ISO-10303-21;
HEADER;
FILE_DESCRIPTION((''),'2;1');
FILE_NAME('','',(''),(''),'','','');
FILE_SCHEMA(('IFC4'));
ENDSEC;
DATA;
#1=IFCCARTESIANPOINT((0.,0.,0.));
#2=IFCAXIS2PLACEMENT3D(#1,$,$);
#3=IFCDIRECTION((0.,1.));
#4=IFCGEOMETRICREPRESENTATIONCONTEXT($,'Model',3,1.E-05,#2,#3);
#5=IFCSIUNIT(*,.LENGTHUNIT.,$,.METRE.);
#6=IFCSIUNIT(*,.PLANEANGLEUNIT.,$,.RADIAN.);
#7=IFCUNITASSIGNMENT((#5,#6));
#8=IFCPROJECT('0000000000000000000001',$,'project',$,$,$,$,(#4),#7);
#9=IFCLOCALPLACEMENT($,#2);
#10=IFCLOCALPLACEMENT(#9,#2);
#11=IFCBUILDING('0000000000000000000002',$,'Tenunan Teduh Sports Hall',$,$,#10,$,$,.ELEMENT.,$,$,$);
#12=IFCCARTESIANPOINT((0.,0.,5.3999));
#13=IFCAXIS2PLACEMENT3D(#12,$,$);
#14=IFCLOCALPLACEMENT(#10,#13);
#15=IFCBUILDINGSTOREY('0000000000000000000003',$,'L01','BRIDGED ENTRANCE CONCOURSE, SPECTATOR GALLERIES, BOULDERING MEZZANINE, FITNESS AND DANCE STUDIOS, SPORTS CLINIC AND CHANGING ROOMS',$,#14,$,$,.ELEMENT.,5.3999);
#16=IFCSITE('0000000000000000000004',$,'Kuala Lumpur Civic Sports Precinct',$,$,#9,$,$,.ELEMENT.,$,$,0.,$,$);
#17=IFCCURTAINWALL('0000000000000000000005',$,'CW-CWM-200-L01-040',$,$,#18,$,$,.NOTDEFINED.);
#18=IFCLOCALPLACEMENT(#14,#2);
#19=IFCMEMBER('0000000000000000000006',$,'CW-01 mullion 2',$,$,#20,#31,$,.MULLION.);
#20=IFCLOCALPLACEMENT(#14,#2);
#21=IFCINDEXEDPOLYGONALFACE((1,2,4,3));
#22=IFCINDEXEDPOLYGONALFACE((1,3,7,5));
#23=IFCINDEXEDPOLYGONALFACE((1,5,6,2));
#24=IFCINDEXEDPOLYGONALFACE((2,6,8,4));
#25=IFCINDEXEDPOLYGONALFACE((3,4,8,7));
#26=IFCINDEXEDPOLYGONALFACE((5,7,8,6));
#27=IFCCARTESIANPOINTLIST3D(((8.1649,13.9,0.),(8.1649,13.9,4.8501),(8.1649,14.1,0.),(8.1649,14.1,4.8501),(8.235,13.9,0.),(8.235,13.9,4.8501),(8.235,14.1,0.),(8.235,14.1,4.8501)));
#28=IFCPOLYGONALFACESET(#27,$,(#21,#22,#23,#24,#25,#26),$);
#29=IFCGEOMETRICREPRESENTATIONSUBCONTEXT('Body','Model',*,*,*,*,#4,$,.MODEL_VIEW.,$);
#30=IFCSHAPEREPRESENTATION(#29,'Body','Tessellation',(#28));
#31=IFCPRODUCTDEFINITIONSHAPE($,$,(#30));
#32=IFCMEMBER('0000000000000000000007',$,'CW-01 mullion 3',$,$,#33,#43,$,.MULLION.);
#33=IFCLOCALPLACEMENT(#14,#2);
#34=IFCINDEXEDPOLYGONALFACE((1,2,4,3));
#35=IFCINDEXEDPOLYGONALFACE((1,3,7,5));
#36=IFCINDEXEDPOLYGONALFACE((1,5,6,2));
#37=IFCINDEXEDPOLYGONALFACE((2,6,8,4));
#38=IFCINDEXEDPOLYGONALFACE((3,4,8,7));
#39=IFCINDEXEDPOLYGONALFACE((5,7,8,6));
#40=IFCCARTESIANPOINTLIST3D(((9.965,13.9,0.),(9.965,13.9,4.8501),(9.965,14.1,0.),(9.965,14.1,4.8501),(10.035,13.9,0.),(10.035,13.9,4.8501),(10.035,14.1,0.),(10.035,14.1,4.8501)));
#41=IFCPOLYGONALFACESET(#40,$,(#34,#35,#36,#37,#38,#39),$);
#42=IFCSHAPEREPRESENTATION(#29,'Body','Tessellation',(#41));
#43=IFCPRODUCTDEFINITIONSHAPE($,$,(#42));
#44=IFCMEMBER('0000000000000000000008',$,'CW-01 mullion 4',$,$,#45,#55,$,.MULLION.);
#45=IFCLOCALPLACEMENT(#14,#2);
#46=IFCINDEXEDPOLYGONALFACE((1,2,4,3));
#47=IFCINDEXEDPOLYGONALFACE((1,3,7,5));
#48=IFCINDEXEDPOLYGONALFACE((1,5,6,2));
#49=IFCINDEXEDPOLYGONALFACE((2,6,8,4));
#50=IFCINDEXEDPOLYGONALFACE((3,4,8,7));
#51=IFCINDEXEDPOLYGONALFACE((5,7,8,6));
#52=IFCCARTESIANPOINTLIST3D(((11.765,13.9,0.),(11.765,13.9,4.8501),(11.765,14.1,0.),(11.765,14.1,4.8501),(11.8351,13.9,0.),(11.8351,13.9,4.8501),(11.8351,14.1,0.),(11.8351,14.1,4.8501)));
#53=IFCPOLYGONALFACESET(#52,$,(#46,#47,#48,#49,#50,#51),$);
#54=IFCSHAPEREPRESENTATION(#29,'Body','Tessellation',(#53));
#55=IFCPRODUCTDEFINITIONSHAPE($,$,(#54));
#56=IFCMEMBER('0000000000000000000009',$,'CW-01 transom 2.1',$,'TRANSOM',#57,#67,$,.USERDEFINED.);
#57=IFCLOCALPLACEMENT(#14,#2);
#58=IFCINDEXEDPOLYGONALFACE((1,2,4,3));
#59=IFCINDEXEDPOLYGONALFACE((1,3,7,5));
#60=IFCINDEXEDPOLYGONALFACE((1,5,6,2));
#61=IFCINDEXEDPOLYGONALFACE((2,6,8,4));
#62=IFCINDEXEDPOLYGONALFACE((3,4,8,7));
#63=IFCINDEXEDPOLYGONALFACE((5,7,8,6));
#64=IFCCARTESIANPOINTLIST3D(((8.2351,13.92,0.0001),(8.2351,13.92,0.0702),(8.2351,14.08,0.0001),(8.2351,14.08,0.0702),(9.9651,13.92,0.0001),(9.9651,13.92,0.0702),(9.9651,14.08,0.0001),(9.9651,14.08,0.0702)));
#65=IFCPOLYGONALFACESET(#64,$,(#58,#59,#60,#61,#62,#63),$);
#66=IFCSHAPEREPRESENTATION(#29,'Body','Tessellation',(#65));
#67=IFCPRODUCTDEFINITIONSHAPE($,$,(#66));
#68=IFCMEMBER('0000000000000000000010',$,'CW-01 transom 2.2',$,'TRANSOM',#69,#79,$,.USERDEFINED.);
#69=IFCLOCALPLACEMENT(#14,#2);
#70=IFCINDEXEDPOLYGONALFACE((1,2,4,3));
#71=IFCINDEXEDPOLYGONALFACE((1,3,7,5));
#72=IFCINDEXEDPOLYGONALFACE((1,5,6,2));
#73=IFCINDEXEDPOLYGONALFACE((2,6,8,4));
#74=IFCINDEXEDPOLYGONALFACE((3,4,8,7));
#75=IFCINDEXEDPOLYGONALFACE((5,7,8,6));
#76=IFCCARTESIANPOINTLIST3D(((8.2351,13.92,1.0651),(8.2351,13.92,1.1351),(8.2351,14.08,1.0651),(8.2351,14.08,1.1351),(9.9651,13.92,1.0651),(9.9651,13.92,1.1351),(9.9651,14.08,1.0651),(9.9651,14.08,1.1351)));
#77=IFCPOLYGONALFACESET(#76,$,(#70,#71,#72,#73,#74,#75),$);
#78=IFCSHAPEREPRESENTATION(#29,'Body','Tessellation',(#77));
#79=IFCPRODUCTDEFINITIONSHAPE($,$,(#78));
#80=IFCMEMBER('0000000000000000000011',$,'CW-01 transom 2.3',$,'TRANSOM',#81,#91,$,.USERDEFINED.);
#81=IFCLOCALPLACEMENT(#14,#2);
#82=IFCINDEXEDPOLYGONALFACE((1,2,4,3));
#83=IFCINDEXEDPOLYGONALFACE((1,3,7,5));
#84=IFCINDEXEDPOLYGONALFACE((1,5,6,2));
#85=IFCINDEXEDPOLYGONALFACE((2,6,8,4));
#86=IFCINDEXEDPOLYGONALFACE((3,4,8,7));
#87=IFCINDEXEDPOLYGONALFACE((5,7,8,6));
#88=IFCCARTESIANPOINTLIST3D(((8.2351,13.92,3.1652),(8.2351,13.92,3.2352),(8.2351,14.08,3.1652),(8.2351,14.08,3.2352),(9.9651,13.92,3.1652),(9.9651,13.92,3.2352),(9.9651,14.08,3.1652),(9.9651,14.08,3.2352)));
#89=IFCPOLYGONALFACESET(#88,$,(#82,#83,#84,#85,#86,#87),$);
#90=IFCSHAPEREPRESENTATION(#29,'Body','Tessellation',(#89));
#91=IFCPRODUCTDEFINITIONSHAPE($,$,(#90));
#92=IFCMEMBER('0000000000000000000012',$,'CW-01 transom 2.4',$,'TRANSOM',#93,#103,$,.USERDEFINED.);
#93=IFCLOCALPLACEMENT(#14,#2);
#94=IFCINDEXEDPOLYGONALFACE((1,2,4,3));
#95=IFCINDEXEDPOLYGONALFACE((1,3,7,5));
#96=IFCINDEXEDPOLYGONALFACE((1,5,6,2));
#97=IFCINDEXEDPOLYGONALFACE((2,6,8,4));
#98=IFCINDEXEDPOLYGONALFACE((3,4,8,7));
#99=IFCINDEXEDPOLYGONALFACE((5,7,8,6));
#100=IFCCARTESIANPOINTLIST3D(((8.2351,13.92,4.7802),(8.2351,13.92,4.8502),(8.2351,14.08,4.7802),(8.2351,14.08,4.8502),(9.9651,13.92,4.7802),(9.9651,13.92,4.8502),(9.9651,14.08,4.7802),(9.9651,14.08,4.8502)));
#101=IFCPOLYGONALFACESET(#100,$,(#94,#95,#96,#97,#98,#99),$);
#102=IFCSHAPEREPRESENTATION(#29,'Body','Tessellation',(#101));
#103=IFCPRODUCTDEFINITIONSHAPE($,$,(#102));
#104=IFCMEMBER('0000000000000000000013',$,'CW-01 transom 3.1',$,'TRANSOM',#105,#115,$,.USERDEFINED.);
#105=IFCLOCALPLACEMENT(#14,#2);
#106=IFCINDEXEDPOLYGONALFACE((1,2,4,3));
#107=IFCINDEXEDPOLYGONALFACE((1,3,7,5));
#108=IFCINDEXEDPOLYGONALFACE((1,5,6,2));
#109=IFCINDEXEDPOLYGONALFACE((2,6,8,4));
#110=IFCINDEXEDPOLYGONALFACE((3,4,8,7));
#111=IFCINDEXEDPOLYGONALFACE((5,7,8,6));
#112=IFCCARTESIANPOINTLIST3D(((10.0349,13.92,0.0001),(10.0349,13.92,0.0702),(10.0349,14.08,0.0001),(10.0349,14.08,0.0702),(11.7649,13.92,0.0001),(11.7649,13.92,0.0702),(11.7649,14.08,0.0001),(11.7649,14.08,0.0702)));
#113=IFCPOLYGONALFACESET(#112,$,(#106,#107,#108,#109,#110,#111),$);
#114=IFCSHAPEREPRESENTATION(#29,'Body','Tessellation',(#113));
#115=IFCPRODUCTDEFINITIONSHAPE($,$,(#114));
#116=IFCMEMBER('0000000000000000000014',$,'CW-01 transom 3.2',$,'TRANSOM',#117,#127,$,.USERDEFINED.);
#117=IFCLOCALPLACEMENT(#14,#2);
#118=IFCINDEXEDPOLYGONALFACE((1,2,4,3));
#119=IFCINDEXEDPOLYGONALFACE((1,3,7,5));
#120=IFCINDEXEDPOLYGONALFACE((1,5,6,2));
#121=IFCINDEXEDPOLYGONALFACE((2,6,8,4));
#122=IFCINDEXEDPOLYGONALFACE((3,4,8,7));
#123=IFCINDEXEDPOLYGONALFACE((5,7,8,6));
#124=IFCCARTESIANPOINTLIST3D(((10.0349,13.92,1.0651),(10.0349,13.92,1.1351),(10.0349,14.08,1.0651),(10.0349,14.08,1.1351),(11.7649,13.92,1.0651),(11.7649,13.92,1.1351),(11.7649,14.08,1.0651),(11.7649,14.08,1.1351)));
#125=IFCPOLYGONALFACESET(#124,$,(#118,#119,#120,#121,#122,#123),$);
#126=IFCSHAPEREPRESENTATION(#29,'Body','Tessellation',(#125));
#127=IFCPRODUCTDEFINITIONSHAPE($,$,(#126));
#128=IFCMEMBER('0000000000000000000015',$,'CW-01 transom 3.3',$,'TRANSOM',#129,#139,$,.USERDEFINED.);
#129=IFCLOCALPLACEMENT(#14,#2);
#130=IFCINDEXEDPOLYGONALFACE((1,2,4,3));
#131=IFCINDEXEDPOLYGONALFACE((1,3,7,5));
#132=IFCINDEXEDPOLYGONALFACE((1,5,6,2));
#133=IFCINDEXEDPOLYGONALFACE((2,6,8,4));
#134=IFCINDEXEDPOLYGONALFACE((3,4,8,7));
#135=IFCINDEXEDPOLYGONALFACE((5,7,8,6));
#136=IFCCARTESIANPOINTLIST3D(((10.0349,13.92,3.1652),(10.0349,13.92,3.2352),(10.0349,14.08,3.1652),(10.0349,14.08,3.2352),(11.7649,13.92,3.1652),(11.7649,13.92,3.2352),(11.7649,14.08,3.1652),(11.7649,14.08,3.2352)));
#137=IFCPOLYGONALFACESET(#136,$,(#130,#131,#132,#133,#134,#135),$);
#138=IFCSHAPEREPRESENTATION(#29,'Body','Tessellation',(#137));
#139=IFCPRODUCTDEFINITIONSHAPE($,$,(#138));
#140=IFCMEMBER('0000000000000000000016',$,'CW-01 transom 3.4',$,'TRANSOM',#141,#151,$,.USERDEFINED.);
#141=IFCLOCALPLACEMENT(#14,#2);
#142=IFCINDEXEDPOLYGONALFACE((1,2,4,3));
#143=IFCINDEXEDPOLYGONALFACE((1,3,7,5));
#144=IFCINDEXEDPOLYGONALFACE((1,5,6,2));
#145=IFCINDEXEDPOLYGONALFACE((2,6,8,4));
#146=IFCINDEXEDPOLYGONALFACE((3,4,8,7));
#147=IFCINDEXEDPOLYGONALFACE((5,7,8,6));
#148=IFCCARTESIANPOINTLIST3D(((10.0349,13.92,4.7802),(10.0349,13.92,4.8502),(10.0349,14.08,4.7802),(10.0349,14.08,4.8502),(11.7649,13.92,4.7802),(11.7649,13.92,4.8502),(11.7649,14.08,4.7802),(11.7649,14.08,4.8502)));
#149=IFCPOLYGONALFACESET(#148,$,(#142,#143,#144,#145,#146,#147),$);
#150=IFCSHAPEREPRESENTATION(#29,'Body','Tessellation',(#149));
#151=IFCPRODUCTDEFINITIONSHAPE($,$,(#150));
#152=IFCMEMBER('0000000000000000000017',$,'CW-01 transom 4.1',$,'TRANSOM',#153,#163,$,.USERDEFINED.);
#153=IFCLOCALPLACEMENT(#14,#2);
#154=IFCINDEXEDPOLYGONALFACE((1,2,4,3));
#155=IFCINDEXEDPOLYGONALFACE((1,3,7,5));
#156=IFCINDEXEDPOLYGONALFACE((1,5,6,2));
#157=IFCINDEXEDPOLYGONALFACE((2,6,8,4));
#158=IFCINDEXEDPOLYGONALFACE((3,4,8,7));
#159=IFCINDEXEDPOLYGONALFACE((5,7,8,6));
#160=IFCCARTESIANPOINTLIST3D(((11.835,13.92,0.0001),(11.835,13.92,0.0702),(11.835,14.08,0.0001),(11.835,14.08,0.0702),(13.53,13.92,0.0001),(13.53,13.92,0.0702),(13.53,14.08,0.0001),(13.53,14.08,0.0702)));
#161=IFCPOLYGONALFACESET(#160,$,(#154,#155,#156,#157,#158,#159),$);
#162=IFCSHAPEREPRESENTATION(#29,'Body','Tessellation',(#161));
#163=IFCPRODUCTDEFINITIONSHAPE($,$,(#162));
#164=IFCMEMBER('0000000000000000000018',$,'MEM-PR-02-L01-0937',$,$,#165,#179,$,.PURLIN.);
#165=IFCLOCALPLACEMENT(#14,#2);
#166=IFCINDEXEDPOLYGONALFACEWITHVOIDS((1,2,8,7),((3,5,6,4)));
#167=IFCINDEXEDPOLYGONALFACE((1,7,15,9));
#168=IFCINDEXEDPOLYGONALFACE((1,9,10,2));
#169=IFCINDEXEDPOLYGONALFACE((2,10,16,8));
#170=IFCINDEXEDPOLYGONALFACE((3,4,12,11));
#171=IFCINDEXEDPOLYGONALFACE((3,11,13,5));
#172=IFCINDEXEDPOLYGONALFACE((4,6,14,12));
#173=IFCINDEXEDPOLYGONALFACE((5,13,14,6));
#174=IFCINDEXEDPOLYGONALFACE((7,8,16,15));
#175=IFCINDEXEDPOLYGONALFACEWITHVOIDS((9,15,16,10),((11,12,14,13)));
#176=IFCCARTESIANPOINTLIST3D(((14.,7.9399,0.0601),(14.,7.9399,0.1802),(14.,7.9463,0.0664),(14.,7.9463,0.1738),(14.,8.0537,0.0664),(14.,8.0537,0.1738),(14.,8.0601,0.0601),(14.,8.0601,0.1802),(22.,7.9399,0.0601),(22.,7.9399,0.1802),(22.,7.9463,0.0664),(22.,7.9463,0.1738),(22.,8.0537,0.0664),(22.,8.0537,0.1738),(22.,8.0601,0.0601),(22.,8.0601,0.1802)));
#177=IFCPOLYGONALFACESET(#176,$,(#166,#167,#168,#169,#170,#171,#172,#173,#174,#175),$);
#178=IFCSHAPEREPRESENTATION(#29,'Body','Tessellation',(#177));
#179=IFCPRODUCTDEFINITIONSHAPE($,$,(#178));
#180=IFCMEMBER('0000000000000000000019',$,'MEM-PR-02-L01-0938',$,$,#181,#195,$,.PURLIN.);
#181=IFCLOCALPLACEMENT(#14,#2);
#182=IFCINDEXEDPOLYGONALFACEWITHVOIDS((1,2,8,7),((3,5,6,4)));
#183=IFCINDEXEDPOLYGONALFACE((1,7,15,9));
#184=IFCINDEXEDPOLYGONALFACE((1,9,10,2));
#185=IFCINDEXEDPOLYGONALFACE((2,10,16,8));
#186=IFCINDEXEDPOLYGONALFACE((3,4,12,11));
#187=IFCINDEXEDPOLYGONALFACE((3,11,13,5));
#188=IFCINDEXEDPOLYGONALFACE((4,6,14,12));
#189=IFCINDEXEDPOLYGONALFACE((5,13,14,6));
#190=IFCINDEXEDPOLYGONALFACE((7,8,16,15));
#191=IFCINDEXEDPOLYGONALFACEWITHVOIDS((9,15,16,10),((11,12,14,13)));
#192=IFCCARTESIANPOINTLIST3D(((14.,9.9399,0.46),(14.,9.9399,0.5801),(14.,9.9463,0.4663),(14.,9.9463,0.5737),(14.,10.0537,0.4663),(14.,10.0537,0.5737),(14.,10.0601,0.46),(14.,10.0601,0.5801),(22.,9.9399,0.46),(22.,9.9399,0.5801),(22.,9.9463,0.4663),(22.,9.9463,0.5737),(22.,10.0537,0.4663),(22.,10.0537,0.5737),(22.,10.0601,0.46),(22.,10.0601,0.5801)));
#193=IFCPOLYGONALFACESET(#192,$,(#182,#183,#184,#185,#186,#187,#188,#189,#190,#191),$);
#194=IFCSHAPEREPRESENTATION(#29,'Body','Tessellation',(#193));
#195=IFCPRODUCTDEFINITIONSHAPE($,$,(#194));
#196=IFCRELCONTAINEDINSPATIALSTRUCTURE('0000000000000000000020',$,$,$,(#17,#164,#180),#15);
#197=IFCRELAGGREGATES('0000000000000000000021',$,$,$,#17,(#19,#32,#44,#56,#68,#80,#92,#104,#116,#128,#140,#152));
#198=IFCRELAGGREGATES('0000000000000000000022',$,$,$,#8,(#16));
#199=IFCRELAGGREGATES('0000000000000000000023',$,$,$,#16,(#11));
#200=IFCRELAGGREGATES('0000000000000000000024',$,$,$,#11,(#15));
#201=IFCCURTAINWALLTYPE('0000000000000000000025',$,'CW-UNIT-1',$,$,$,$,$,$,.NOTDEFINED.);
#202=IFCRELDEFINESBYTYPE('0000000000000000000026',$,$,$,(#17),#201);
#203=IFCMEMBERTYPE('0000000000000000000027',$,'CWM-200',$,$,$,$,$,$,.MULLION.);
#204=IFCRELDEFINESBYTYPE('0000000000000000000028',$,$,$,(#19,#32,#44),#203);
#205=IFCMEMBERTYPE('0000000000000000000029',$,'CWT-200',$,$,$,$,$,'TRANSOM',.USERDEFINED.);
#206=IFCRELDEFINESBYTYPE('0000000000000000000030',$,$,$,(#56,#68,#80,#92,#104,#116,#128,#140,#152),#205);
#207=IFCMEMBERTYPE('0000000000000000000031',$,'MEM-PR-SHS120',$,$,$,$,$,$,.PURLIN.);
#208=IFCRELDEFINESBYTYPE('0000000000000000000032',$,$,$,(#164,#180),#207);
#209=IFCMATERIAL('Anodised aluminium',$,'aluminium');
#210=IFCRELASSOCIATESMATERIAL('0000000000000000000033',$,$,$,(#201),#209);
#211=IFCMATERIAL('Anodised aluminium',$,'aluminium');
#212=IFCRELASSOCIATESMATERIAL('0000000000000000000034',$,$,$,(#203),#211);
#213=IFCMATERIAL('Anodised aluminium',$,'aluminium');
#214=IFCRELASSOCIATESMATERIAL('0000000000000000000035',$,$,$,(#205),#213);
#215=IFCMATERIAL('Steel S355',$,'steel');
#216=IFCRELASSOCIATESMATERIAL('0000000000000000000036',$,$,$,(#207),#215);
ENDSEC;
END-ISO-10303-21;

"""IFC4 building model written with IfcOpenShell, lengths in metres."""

from ifc_helpers import new_model, si_unit, direction, frame, origin, origin_2d, place, context, subcontext, project, spatial, rectangle, hollow_rectangle, extrude, material, material_profile, profile_set, type_object, element, aggregate, save


model = new_model("IFC4")

# Units and contexts
model_context = context("Model", 3, precision=1e-05, world=origin(), true_north=direction((0.0, 1.0)))
body_context = subcontext(model_context, "Body", "Model", "MODEL_VIEW")
ifc_project = project(units=[si_unit("LENGTHUNIT", "METRE"), si_unit("PLANEANGLEUNIT", "RADIAN")], contexts=[model_context])

# Site, building, storey
site_placement = place(None, origin())
site = spatial("IfcSite", under=ifc_project, at=site_placement, Name="Kuala Lumpur Civic Sports Precinct", CompositionType="ELEMENT", RefElevation=0.0)
building_placement = place(site_placement, origin())
building = spatial("IfcBuilding", under=site, at=building_placement, Name="Tenunan Teduh Sports Hall", CompositionType="ELEMENT")
storey_placement = place(building_placement, frame((0.0, 0.0, 5.3999)))
storey = spatial("IfcBuildingStorey", under=building, at=storey_placement, Name="L01", Description="BRIDGED ENTRANCE CONCOURSE, SPECTATOR GALLERIES, BOULDERING MEZZANINE, FITNESS AND DANCE STUDIOS, SPORTS CLINIC AND CHANGING ROOMS", CompositionType="ELEMENT", Elevation=5.3999)

# Curtain wall, members
ifc_material_1 = material(Name="Anodised aluminium", Category="aluminium")
curtain_wall_type = type_object("IfcCurtainWallType", Name="CW-UNIT-1", PredefinedType="NOTDEFINED", material=ifc_material_1)
curtain_wall_placement = place(storey_placement, origin())
curtain_wall = element("IfcCurtainWall", 1, at=curtain_wall_placement, inside=storey, type_object=curtain_wall_type, Name="CW-CWM-200-L01-040", PredefinedType="NOTDEFINED")
ifc_material_2 = material(Name="Anodised aluminium", Category="aluminium")
ifc_material_profile_1 = material_profile(ifc_material_2, rectangle(XDim=0.0701, YDim=0.2, at=origin_2d()), Name="CWM 70x200")
ifc_profile_set_1 = profile_set([ifc_material_profile_1], Name="Anodised aluminium")
member_type_1 = type_object("IfcMemberType", Name="CWM-200", PredefinedType="MULLION", material=ifc_profile_set_1)
member_1_placement = place(storey_placement, frame((8.2, 14.0, 0.0), z_axis=(0.0, 0.0, 1.0), x_axis=(1.0, 0.0, 0.0)))
member_1 = element("IfcMember", 2, at=member_1_placement, type_object=member_type_1, Name="CW-01 mullion 2", PredefinedType="MULLION", context=body_context, shape_type="SweptSolid", body=[
    extrude(rectangle(XDim=0.0701, YDim=0.2, at=origin_2d()), origin(), (0.0, 0.0, 1.0), 4.8501),
])
member_2_placement = place(storey_placement, frame((10.0, 14.0, 0.0), z_axis=(0.0, 0.0, 1.0), x_axis=(1.0, 0.0, 0.0)))
member_2 = element("IfcMember", 3, at=member_2_placement, type_object=member_type_1, Name="CW-01 mullion 3", PredefinedType="MULLION", context=body_context, shape_type="SweptSolid", body=[
    extrude(rectangle(XDim=0.0701, YDim=0.2, at=origin_2d()), origin(), (0.0, 0.0, 1.0), 4.8501),
])
member_3_placement = place(storey_placement, frame((11.8, 14.0, 0.0), z_axis=(0.0, 0.0, 1.0), x_axis=(1.0, 0.0, 0.0)))
member_3 = element("IfcMember", 4, at=member_3_placement, type_object=member_type_1, Name="CW-01 mullion 4", PredefinedType="MULLION", context=body_context, shape_type="SweptSolid", body=[
    extrude(rectangle(XDim=0.0701, YDim=0.2, at=origin_2d()), origin(), (0.0, 0.0, 1.0), 4.8501),
])
ifc_material_3 = material(Name="Anodised aluminium", Category="aluminium")
ifc_material_profile_2 = material_profile(ifc_material_3, rectangle(XDim=0.0701, YDim=0.1599, at=origin_2d()), Name="CWT 70x160")
ifc_profile_set_2 = profile_set([ifc_material_profile_2], Name="Anodised aluminium")
member_type_2 = type_object("IfcMemberType", Name="CWT-200", ElementType="TRANSOM", PredefinedType="USERDEFINED", material=ifc_profile_set_2)
member_4_placement = place(storey_placement, frame((8.2351, 14.0, 0.0352), z_axis=(1.0, 0.0, 0.0), x_axis=(0.0, 0.0, 1.0)))
member_4 = element("IfcMember", 5, at=member_4_placement, type_object=member_type_2, Name="CW-01 transom 2.1", ObjectType="TRANSOM", PredefinedType="USERDEFINED", context=body_context, shape_type="SweptSolid", body=[
    extrude(rectangle(XDim=0.0701, YDim=0.1599, at=origin_2d()), origin(), (0.0, 0.0, 1.0), 1.73),
])
member_5_placement = place(storey_placement, frame((8.2351, 14.0, 1.1001), z_axis=(1.0, 0.0, 0.0), x_axis=(0.0, 0.0, 1.0)))
member_5 = element("IfcMember", 6, at=member_5_placement, type_object=member_type_2, Name="CW-01 transom 2.2", ObjectType="TRANSOM", PredefinedType="USERDEFINED", context=body_context, shape_type="SweptSolid", body=[
    extrude(rectangle(XDim=0.0701, YDim=0.1599, at=origin_2d()), origin(), (0.0, 0.0, 1.0), 1.73),
])
member_6_placement = place(storey_placement, frame((8.2351, 14.0, 3.2002), z_axis=(1.0, 0.0, 0.0), x_axis=(0.0, 0.0, 1.0)))
member_6 = element("IfcMember", 7, at=member_6_placement, type_object=member_type_2, Name="CW-01 transom 2.3", ObjectType="TRANSOM", PredefinedType="USERDEFINED", context=body_context, shape_type="SweptSolid", body=[
    extrude(rectangle(XDim=0.0701, YDim=0.1599, at=origin_2d()), origin(), (0.0, 0.0, 1.0), 1.73),
])
member_7_placement = place(storey_placement, frame((8.2351, 14.0, 4.8152), z_axis=(1.0, 0.0, 0.0), x_axis=(0.0, 0.0, 1.0)))
member_7 = element("IfcMember", 8, at=member_7_placement, type_object=member_type_2, Name="CW-01 transom 2.4", ObjectType="TRANSOM", PredefinedType="USERDEFINED", context=body_context, shape_type="SweptSolid", body=[
    extrude(rectangle(XDim=0.0701, YDim=0.1599, at=origin_2d()), origin(), (0.0, 0.0, 1.0), 1.73),
])
member_8_placement = place(storey_placement, frame((10.0349, 14.0, 0.0352), z_axis=(1.0, 0.0, 0.0), x_axis=(0.0, 0.0, 1.0)))
member_8 = element("IfcMember", 9, at=member_8_placement, type_object=member_type_2, Name="CW-01 transom 3.1", ObjectType="TRANSOM", PredefinedType="USERDEFINED", context=body_context, shape_type="SweptSolid", body=[
    extrude(rectangle(XDim=0.0701, YDim=0.1599, at=origin_2d()), origin(), (0.0, 0.0, 1.0), 1.73),
])
member_9_placement = place(storey_placement, frame((10.0349, 14.0, 1.1001), z_axis=(1.0, 0.0, 0.0), x_axis=(0.0, 0.0, 1.0)))
member_9 = element("IfcMember", 10, at=member_9_placement, type_object=member_type_2, Name="CW-01 transom 3.2", ObjectType="TRANSOM", PredefinedType="USERDEFINED", context=body_context, shape_type="SweptSolid", body=[
    extrude(rectangle(XDim=0.0701, YDim=0.1599, at=origin_2d()), origin(), (0.0, 0.0, 1.0), 1.73),
])
member_10_placement = place(storey_placement, frame((10.0349, 14.0, 3.2002), z_axis=(1.0, 0.0, 0.0), x_axis=(0.0, 0.0, 1.0)))
member_10 = element("IfcMember", 11, at=member_10_placement, type_object=member_type_2, Name="CW-01 transom 3.3", ObjectType="TRANSOM", PredefinedType="USERDEFINED", context=body_context, shape_type="SweptSolid", body=[
    extrude(rectangle(XDim=0.0701, YDim=0.1599, at=origin_2d()), origin(), (0.0, 0.0, 1.0), 1.73),
])
member_11_placement = place(storey_placement, frame((10.0349, 14.0, 4.8152), z_axis=(1.0, 0.0, 0.0), x_axis=(0.0, 0.0, 1.0)))
member_11 = element("IfcMember", 12, at=member_11_placement, type_object=member_type_2, Name="CW-01 transom 3.4", ObjectType="TRANSOM", PredefinedType="USERDEFINED", context=body_context, shape_type="SweptSolid", body=[
    extrude(rectangle(XDim=0.0701, YDim=0.1599, at=origin_2d()), origin(), (0.0, 0.0, 1.0), 1.73),
])
member_12_placement = place(storey_placement, frame((11.835, 14.0, 0.0352), z_axis=(1.0, 0.0, 0.0), x_axis=(0.0, 0.0, 1.0)))
member_12 = element("IfcMember", 13, at=member_12_placement, type_object=member_type_2, Name="CW-01 transom 4.1", ObjectType="TRANSOM", PredefinedType="USERDEFINED", context=body_context, shape_type="SweptSolid", body=[
    extrude(rectangle(XDim=0.0701, YDim=0.1599, at=origin_2d()), origin(), (0.0, 0.0, 1.0), 1.6951),
])

# Members
ifc_material_4 = material(Name="Steel S355", Category="steel")
ifc_material_profile_3 = material_profile(ifc_material_4, hollow_rectangle(XDim=0.1201, YDim=0.1201, WallThickness=0.0063, at=origin_2d()), Name="SHS 120x120x6.3")
ifc_profile_set_3 = profile_set([ifc_material_profile_3], Name="Steel S355")
member_type_3 = type_object("IfcMemberType", Name="MEM-PR-SHS120", PredefinedType="PURLIN", material=ifc_profile_set_3)
for number, where, z_axis, x_axis, name in (
    (14, (14.0, 8.0, 0.1201), (1.0, 0.0, 0.0), (0.0, 1.0, 0.0), "MEM-PR-02-L01-0937"),
    (15, (14.0, 10.0, 0.52), (1.0, 0.0, 0.0), (0.0, 1.0, 0.0), "MEM-PR-02-L01-0938"),
):
    element("IfcMember", number, at=place(storey_placement, frame(where, z_axis=z_axis, x_axis=x_axis)), inside=storey, type_object=member_type_3, Name=name, PredefinedType="PURLIN", context=body_context, shape_type="SweptSolid", body=[
        extrude(hollow_rectangle(XDim=0.1201, YDim=0.1201, WallThickness=0.0063, at=origin_2d()), origin(), (0.0, 0.0, 1.0), 8.0),
    ])

aggregate(curtain_wall, [member_1, member_2, member_3, member_4, member_5, member_6, member_7, member_8, member_9, member_10, member_11, member_12])

save(model, "model.ifc")
